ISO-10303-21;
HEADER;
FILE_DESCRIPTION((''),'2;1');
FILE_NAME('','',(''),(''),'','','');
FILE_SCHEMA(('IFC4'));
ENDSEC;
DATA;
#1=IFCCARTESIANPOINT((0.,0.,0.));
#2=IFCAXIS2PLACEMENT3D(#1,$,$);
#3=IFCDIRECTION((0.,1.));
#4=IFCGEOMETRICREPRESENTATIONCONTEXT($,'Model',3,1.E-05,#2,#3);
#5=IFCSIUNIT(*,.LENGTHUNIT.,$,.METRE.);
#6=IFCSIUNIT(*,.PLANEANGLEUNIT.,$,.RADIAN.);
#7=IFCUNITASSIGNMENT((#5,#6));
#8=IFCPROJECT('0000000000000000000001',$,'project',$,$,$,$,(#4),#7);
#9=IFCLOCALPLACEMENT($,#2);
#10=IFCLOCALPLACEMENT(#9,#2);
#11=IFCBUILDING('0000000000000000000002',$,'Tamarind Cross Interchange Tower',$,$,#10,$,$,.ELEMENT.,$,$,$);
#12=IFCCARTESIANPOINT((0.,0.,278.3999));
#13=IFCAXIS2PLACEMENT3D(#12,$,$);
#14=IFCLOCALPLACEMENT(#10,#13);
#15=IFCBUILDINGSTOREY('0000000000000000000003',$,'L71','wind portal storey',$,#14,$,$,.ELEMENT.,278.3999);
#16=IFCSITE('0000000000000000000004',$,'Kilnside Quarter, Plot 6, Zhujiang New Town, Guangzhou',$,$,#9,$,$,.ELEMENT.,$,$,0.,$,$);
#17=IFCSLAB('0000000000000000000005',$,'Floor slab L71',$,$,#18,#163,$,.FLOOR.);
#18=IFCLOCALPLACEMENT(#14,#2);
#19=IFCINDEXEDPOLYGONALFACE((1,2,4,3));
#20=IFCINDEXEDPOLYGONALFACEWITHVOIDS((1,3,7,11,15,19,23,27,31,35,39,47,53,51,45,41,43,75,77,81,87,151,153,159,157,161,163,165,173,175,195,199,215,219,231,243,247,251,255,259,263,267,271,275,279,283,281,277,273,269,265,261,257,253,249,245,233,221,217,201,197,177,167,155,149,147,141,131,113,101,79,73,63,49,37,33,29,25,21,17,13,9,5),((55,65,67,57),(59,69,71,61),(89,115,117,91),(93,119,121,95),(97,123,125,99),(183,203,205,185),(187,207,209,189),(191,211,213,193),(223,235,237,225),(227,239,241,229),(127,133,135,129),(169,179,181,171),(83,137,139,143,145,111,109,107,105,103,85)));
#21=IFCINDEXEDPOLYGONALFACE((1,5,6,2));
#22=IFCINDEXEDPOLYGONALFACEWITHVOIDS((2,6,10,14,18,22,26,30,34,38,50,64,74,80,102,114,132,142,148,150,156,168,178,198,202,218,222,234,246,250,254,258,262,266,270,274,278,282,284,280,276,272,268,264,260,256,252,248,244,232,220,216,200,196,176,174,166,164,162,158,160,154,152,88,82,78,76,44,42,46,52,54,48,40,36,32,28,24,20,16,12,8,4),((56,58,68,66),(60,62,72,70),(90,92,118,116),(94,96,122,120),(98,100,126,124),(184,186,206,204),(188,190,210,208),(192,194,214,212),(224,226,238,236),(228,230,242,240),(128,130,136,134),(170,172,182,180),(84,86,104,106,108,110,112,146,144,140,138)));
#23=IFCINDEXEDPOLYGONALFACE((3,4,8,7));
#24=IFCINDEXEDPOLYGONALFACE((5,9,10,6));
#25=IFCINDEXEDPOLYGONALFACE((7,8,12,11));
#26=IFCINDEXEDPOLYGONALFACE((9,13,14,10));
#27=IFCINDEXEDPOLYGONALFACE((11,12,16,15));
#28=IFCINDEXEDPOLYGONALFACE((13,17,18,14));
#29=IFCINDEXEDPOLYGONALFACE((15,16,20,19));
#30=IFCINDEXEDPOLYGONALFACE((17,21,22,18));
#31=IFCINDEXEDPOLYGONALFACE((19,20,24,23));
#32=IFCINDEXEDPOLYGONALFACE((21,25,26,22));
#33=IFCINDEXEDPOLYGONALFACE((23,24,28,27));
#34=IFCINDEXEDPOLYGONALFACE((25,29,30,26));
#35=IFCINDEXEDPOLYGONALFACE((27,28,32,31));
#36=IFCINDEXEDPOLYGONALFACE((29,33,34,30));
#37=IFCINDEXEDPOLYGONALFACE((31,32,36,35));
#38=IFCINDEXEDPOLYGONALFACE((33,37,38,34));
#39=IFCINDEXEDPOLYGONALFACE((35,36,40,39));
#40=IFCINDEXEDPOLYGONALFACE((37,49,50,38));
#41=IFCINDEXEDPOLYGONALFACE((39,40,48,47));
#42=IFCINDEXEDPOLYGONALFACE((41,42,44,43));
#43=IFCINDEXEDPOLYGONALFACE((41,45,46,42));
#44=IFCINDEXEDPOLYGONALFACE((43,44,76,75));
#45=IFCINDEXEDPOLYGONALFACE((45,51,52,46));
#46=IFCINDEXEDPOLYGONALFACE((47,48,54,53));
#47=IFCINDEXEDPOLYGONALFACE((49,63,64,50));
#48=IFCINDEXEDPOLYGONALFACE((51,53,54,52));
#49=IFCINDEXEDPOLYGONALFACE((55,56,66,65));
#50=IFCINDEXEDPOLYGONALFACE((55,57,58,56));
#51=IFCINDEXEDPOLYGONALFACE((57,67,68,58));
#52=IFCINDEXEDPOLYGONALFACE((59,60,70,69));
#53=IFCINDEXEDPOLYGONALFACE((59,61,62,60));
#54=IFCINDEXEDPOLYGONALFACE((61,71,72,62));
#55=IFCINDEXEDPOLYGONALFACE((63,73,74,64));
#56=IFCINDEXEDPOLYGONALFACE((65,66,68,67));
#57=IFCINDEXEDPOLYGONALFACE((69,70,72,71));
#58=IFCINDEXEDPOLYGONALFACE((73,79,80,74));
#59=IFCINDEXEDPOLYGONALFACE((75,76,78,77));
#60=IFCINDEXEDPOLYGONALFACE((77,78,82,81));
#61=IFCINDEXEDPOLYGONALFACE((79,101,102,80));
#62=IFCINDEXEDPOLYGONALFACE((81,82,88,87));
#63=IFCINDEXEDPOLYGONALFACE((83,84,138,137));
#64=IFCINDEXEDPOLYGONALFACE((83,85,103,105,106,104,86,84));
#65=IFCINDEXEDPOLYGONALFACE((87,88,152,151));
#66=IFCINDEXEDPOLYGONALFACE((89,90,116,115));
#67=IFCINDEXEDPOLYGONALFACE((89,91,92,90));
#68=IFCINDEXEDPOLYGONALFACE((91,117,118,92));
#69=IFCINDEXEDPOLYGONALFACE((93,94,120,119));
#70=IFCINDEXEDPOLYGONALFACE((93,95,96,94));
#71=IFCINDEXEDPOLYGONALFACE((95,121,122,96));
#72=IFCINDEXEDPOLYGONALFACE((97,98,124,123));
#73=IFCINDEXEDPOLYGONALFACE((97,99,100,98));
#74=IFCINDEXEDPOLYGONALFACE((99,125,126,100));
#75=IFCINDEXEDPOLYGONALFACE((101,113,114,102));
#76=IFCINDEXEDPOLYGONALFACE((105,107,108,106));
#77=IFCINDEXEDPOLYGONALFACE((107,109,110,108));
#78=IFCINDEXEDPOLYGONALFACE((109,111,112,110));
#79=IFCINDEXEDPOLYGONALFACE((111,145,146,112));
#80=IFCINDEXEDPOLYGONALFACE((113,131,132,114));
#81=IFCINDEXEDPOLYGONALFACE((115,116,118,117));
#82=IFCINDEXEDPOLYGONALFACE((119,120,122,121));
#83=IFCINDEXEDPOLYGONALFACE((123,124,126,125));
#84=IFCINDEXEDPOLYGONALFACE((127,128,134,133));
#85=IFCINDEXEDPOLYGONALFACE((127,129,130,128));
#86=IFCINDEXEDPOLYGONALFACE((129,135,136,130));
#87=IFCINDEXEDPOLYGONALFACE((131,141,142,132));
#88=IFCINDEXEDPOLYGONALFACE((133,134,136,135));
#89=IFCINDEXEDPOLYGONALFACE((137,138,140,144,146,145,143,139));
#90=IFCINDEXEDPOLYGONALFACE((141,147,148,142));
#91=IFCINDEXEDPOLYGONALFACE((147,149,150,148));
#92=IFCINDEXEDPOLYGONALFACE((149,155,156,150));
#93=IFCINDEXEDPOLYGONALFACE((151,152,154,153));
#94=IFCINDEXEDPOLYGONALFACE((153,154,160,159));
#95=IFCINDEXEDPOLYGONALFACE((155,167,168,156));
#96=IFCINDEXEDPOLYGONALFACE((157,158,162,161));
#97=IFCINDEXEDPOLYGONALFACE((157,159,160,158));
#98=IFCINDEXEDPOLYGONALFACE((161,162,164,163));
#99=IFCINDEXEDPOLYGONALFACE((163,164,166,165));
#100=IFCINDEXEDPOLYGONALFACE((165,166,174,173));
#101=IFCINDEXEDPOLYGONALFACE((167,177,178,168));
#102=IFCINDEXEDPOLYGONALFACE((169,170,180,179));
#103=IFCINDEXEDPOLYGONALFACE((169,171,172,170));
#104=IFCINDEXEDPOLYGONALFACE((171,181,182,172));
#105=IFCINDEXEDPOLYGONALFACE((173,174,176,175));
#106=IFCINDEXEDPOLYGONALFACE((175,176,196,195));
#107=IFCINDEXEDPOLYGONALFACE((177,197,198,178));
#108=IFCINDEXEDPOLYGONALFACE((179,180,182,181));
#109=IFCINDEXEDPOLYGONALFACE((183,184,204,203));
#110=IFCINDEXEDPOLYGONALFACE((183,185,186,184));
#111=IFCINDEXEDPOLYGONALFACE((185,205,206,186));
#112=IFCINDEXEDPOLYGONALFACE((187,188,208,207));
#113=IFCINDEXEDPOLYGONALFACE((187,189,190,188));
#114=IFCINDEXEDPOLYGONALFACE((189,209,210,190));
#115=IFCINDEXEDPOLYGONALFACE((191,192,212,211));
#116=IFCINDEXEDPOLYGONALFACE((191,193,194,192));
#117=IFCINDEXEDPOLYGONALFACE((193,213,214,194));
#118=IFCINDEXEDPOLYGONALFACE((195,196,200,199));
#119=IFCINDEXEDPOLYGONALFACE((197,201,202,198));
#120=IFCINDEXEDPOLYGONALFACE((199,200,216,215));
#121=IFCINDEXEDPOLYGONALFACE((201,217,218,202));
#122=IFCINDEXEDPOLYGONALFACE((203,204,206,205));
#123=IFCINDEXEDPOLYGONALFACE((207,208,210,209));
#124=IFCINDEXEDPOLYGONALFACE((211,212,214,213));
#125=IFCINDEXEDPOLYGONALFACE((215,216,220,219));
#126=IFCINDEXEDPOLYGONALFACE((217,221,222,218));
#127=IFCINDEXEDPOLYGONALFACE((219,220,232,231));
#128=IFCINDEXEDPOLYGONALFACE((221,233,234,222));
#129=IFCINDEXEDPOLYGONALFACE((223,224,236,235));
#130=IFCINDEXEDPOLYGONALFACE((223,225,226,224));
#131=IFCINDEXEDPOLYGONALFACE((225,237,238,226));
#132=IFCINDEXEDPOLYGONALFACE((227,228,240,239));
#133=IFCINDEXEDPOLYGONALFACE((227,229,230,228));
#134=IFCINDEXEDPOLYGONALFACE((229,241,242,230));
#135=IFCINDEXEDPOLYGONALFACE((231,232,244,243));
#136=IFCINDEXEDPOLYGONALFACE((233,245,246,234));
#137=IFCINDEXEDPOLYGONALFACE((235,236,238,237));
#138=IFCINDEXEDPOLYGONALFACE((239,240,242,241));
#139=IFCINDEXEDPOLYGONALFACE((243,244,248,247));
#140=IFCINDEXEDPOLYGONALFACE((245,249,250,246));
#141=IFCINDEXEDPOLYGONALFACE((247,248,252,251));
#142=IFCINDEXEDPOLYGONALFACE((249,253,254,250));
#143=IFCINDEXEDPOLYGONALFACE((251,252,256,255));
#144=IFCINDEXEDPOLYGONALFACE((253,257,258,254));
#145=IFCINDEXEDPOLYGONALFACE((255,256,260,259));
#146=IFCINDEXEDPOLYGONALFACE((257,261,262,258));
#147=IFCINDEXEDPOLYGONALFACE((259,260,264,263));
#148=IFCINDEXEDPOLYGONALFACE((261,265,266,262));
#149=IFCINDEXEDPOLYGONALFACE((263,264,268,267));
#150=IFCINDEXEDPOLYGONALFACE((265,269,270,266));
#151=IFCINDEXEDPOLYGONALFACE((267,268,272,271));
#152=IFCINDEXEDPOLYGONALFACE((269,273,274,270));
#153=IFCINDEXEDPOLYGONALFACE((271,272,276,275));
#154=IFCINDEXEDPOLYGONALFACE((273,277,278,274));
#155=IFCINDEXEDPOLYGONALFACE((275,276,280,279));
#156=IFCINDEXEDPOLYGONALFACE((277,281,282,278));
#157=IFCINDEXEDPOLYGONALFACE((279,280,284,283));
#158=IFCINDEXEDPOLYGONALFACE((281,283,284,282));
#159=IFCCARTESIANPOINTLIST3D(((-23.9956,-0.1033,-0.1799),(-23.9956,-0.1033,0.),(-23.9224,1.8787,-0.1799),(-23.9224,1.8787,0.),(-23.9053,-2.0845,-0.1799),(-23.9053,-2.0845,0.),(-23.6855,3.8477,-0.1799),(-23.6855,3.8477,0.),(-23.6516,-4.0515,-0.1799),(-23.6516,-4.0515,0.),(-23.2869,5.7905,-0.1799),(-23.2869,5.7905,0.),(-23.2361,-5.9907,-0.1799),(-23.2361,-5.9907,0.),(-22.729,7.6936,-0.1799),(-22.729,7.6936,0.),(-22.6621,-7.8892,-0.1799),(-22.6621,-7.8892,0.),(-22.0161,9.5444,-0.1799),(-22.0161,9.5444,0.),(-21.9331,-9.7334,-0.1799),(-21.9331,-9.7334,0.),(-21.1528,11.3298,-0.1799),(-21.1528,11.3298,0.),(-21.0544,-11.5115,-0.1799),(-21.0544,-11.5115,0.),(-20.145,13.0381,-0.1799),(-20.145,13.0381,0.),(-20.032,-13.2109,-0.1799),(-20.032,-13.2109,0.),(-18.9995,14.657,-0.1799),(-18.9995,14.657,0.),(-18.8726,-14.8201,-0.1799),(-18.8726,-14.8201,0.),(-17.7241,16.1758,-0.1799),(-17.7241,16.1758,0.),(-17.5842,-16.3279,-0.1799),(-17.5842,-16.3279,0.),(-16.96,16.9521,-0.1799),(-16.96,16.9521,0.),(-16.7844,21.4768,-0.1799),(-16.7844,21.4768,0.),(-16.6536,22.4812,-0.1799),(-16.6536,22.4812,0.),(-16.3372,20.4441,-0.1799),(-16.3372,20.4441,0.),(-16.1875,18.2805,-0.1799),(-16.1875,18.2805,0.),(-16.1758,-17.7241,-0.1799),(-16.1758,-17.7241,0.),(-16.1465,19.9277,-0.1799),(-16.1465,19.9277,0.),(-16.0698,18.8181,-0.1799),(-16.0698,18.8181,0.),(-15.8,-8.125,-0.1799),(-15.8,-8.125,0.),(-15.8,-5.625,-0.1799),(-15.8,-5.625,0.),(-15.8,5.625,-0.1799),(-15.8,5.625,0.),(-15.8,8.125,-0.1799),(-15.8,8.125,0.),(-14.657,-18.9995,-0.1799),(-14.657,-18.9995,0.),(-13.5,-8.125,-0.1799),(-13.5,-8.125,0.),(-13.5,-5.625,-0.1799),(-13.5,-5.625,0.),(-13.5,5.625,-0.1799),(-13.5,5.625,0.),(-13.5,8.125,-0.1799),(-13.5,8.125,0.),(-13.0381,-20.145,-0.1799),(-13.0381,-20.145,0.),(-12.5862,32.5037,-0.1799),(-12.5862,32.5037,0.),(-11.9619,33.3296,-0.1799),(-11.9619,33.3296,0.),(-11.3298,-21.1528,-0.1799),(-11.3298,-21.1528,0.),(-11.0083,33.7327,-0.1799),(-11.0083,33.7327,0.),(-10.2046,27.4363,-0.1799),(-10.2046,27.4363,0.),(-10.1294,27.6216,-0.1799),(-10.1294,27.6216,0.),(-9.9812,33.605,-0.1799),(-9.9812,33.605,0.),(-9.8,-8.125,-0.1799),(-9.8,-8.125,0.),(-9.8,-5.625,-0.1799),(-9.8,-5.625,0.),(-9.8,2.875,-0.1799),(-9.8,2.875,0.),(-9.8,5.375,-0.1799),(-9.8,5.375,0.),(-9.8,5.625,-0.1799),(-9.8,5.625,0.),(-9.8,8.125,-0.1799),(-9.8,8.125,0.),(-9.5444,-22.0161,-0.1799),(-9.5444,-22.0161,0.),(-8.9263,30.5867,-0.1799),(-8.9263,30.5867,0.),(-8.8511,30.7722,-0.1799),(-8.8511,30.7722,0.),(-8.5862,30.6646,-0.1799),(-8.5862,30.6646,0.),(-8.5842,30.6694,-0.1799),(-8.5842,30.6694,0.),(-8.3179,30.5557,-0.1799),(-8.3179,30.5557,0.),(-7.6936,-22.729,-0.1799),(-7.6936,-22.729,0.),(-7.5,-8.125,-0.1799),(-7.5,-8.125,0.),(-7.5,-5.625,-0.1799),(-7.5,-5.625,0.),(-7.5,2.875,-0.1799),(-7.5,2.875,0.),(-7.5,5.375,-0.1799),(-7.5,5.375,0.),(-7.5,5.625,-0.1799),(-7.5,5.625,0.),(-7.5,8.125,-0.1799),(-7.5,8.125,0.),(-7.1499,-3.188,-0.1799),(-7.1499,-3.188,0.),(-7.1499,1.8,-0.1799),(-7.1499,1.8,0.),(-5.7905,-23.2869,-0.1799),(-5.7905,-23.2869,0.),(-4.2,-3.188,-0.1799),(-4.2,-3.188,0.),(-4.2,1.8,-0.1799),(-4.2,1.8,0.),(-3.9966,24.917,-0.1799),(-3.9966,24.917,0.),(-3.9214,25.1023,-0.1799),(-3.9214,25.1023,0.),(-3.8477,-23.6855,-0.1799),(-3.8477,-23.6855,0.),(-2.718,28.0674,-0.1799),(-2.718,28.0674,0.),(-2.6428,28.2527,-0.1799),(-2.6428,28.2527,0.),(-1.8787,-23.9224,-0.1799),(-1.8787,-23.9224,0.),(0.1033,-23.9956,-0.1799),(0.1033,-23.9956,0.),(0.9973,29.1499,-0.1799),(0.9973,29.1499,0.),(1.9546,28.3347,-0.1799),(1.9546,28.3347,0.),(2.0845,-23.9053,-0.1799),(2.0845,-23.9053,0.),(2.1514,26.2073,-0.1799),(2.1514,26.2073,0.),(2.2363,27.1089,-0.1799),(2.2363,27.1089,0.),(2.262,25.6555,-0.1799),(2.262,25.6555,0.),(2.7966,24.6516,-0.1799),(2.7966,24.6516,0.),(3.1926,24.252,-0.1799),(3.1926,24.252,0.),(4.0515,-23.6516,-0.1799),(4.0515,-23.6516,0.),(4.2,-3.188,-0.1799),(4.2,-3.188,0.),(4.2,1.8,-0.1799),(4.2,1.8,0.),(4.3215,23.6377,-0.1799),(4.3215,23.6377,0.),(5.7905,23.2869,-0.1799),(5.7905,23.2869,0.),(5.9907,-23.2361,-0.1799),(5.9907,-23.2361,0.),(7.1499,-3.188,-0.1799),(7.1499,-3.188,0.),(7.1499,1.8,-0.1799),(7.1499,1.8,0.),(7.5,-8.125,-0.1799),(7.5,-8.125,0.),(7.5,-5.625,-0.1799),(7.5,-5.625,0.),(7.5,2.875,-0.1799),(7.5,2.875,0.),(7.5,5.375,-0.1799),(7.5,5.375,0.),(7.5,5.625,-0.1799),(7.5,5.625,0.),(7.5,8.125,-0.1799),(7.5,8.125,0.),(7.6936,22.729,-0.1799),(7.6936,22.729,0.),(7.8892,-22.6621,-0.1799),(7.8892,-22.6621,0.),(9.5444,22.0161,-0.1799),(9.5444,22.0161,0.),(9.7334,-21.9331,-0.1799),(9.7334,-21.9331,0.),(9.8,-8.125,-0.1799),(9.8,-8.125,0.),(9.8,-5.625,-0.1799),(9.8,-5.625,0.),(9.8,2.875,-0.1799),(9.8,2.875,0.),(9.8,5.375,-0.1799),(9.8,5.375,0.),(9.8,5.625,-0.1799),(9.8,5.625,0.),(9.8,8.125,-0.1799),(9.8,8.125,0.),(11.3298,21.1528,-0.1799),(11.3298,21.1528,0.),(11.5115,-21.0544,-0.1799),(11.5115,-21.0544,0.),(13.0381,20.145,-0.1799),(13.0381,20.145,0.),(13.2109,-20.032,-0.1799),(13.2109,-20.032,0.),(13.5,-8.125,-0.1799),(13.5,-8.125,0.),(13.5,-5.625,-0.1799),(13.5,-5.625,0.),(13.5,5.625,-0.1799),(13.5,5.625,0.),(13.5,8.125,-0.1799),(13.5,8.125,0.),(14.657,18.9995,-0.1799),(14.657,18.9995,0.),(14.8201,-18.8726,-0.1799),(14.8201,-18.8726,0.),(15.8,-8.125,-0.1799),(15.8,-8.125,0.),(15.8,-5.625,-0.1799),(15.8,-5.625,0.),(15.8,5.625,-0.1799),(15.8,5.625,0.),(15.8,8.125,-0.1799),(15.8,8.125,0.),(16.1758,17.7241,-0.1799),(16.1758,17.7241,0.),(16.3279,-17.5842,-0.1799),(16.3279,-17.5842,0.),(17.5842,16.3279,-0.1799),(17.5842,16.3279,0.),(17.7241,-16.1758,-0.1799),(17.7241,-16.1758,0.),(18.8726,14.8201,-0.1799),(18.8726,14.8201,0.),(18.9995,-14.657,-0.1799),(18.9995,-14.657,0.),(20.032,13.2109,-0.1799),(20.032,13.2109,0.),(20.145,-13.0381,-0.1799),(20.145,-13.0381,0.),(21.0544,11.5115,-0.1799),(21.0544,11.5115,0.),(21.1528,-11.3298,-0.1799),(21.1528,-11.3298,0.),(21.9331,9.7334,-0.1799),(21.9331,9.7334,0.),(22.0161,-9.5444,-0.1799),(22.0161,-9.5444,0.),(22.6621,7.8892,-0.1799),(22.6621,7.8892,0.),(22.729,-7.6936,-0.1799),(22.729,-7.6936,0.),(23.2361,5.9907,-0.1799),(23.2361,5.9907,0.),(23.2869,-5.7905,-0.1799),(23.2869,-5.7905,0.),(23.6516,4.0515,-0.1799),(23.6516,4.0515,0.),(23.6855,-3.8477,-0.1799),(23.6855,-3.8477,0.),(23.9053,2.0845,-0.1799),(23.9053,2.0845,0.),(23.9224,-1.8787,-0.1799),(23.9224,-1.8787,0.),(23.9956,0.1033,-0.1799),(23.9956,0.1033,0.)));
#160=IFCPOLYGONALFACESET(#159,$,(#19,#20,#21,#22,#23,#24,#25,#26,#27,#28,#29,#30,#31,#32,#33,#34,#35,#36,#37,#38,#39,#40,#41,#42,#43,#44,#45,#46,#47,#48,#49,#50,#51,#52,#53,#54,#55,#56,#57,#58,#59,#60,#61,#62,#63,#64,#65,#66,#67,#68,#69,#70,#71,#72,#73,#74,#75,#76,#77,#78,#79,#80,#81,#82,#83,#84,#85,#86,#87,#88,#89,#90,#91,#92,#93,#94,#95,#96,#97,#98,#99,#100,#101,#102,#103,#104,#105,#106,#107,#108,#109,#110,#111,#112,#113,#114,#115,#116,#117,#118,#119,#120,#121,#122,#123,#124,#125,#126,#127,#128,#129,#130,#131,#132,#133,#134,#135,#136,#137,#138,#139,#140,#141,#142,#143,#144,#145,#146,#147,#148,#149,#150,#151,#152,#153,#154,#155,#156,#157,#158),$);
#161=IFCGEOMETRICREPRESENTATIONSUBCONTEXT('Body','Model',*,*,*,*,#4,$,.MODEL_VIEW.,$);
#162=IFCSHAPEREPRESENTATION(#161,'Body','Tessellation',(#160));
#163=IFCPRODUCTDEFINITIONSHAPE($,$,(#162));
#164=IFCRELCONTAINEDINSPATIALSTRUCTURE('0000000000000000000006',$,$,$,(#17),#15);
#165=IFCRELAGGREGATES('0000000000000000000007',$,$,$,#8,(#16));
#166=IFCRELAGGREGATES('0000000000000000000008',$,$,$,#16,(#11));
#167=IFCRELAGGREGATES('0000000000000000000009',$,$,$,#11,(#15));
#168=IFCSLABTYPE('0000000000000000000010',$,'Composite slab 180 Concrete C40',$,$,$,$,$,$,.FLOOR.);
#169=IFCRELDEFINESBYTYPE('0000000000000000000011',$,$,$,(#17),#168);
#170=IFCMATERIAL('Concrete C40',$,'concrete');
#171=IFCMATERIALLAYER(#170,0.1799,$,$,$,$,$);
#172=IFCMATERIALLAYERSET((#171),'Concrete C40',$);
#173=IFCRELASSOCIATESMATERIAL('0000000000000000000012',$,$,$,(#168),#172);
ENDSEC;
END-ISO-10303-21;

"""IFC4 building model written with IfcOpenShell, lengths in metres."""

from ifc_helpers import new_model, si_unit, direction, frame, origin, place, context, subcontext, project, spatial, polyline, outline, extrude, material, layer, layer_set, type_object, element, save


model = new_model("IFC4")

# Units and contexts
model_context = context("Model", 3, precision=1e-05, world=origin(), true_north=direction((0.0, 1.0)))
body_context = subcontext(model_context, "Body", "Model", "MODEL_VIEW")
ifc_project = project(units=[si_unit("LENGTHUNIT", "METRE"), si_unit("PLANEANGLEUNIT", "RADIAN")], contexts=[model_context])

# Site, building, storey
site_placement = place(None, origin())
site = spatial("IfcSite", under=ifc_project, at=site_placement, Name="Kilnside Quarter, Plot 6, Zhujiang New Town, Guangzhou", CompositionType="ELEMENT", RefElevation=0.0)
building_placement = place(site_placement, origin())
building = spatial("IfcBuilding", under=site, at=building_placement, Name="Tamarind Cross Interchange Tower", CompositionType="ELEMENT")
storey_placement = place(building_placement, frame((0.0, 0.0, 278.3999)))
storey = spatial("IfcBuildingStorey", under=building, at=storey_placement, Name="L71", Description="wind portal storey", CompositionType="ELEMENT", Elevation=278.3999)

# Slab
ifc_material_1 = material(Name="Concrete C40", Category="concrete")
ifc_layer_1 = layer(ifc_material_1, 0.1799)
ifc_layer_set_1 = layer_set([ifc_layer_1], Name="Concrete C40")
slab_type = type_object("IfcSlabType", Name="Composite slab 180 Concrete C40", PredefinedType="FLOOR", material=ifc_layer_set_1)
slab_1_placement = place(storey_placement, frame((0.0, 0.0, -0.1799)))
element("IfcSlab", 1, at=slab_1_placement, inside=storey, type_object=slab_type, Name="Floor slab L71", PredefinedType="FLOOR", context=body_context, shape_type="SweptSolid", body=[
    extrude(outline(polyline([(1.9546, 28.3347), (0.9973, 29.1499), (-9.9812, 33.605), (-11.0083, 33.7327), (-11.9619, 33.3296), (-12.5862, 32.5037), (-16.6536, 22.4812), (-16.7844, 21.4768), (-16.3372, 20.4441), (-16.1465, 19.9277), (-16.0698, 18.8181), (-16.1875, 18.2805), (-16.96, 16.9521), (-17.7241, 16.1758), (-18.9995, 14.657), (-20.145, 13.0381), (-21.1528, 11.3298), (-22.0161, 9.5444), (-22.729, 7.6936), (-23.2869, 5.7905), (-23.6855, 3.8477), (-23.9224, 1.8787), (-23.9956, -0.1033), (-23.9053, -2.0845), (-23.6516, -4.0515), (-23.2361, -5.9907), (-22.6621, -7.8892), (-21.9331, -9.7334), (-21.0544, -11.5115), (-20.032, -13.2109), (-18.8726, -14.8201), (-17.5842, -16.3279), (-16.1758, -17.7241), (-14.657, -18.9995), (-13.0381, -20.145), (-11.3298, -21.1528), (-9.5444, -22.0161), (-7.6936, -22.729), (-5.7905, -23.2869), (-3.8477, -23.6855), (-1.8787, -23.9224), (0.1033, -23.9956), (2.0845, -23.9053), (4.0515, -23.6516), (5.9907, -23.2361), (7.8892, -22.6621), (9.7334, -21.9331), (11.5115, -21.0544), (13.2109, -20.032), (14.8201, -18.8726), (16.3279, -17.5842), (17.7241, -16.1758), (18.9995, -14.657), (20.145, -13.0381), (21.1528, -11.3298), (22.0161, -9.5444), (22.729, -7.6936), (23.2869, -5.7905), (23.6855, -3.8477), (23.9224, -1.8787), (23.9956, 0.1033), (23.9053, 2.0845), (23.6516, 4.0515), (23.2361, 5.9907), (22.6621, 7.8892), (21.9331, 9.7334), (21.0544, 11.5115), (20.032, 13.2109), (18.8726, 14.8201), (17.5842, 16.3279), (16.1758, 17.7241), (14.657, 18.9995), (13.0381, 20.145), (11.3298, 21.1528), (9.5444, 22.0161), (7.6936, 22.729), (5.7905, 23.2869), (4.3215, 23.6377), (3.1926, 24.252), (2.7966, 24.6516), (2.262, 25.6555), (2.1514, 26.2073), (2.2363, 27.1089), (1.9546, 28.3347)]), holes=[polyline([(-13.5, -5.625), (-13.5, -8.125), (-15.8, -8.125), (-15.8, -5.625), (-13.5, -5.625)]), polyline([(-7.5, -5.625), (-7.5, -8.125), (-9.8, -8.125), (-9.8, -5.625), (-7.5, -5.625)]), polyline([(-7.5, 5.375), (-7.5, 2.875), (-9.8, 2.875), (-9.8, 5.375), (-7.5, 5.375)]), polyline([(-13.5, 8.125), (-13.5, 5.625), (-15.8, 5.625), (-15.8, 8.125), (-13.5, 8.125)]), polyline([(-7.5, 8.125), (-7.5, 5.625), (-9.8, 5.625), (-9.8, 8.125), (-7.5, 8.125)]), polyline([(-3.9966, 24.917), (-10.2046, 27.4363), (-10.1294, 27.6216), (-8.9263, 30.5867), (-8.8511, 30.7722), (-8.5862, 30.6646), (-8.5842, 30.6694), (-8.3179, 30.5557), (-2.6428, 28.2527), (-2.718, 28.0674), (-3.9214, 25.1023), (-3.9966, 24.917)]), polyline([(7.5, -8.125), (7.5, -5.625), (9.8, -5.625), (9.8, -8.125), (7.5, -8.125)]), polyline([(13.5, -8.125), (13.5, -5.625), (15.8, -5.625), (15.8, -8.125), (13.5, -8.125)]), polyline([(-7.1499, 1.8), (-4.2, 1.8), (-4.2, -3.188), (-7.1499, -3.188), (-7.1499, 1.8)]), polyline([(4.2, 1.8), (7.1499, 1.8), (7.1499, -3.188), (4.2, -3.188), (4.2, 1.8)]), polyline([(7.5, 2.875), (7.5, 5.375), (9.8, 5.375), (9.8, 2.875), (7.5, 2.875)]), polyline([(7.5, 5.625), (7.5, 8.125), (9.8, 8.125), (9.8, 5.625), (7.5, 5.625)]), polyline([(13.5, 8.125), (15.8, 8.125), (15.8, 5.625), (13.5, 5.625), (13.5, 8.125)])]), origin(), (0.0, 0.0, 1.0), 0.1799),
])

save(model, "model.ifc")
